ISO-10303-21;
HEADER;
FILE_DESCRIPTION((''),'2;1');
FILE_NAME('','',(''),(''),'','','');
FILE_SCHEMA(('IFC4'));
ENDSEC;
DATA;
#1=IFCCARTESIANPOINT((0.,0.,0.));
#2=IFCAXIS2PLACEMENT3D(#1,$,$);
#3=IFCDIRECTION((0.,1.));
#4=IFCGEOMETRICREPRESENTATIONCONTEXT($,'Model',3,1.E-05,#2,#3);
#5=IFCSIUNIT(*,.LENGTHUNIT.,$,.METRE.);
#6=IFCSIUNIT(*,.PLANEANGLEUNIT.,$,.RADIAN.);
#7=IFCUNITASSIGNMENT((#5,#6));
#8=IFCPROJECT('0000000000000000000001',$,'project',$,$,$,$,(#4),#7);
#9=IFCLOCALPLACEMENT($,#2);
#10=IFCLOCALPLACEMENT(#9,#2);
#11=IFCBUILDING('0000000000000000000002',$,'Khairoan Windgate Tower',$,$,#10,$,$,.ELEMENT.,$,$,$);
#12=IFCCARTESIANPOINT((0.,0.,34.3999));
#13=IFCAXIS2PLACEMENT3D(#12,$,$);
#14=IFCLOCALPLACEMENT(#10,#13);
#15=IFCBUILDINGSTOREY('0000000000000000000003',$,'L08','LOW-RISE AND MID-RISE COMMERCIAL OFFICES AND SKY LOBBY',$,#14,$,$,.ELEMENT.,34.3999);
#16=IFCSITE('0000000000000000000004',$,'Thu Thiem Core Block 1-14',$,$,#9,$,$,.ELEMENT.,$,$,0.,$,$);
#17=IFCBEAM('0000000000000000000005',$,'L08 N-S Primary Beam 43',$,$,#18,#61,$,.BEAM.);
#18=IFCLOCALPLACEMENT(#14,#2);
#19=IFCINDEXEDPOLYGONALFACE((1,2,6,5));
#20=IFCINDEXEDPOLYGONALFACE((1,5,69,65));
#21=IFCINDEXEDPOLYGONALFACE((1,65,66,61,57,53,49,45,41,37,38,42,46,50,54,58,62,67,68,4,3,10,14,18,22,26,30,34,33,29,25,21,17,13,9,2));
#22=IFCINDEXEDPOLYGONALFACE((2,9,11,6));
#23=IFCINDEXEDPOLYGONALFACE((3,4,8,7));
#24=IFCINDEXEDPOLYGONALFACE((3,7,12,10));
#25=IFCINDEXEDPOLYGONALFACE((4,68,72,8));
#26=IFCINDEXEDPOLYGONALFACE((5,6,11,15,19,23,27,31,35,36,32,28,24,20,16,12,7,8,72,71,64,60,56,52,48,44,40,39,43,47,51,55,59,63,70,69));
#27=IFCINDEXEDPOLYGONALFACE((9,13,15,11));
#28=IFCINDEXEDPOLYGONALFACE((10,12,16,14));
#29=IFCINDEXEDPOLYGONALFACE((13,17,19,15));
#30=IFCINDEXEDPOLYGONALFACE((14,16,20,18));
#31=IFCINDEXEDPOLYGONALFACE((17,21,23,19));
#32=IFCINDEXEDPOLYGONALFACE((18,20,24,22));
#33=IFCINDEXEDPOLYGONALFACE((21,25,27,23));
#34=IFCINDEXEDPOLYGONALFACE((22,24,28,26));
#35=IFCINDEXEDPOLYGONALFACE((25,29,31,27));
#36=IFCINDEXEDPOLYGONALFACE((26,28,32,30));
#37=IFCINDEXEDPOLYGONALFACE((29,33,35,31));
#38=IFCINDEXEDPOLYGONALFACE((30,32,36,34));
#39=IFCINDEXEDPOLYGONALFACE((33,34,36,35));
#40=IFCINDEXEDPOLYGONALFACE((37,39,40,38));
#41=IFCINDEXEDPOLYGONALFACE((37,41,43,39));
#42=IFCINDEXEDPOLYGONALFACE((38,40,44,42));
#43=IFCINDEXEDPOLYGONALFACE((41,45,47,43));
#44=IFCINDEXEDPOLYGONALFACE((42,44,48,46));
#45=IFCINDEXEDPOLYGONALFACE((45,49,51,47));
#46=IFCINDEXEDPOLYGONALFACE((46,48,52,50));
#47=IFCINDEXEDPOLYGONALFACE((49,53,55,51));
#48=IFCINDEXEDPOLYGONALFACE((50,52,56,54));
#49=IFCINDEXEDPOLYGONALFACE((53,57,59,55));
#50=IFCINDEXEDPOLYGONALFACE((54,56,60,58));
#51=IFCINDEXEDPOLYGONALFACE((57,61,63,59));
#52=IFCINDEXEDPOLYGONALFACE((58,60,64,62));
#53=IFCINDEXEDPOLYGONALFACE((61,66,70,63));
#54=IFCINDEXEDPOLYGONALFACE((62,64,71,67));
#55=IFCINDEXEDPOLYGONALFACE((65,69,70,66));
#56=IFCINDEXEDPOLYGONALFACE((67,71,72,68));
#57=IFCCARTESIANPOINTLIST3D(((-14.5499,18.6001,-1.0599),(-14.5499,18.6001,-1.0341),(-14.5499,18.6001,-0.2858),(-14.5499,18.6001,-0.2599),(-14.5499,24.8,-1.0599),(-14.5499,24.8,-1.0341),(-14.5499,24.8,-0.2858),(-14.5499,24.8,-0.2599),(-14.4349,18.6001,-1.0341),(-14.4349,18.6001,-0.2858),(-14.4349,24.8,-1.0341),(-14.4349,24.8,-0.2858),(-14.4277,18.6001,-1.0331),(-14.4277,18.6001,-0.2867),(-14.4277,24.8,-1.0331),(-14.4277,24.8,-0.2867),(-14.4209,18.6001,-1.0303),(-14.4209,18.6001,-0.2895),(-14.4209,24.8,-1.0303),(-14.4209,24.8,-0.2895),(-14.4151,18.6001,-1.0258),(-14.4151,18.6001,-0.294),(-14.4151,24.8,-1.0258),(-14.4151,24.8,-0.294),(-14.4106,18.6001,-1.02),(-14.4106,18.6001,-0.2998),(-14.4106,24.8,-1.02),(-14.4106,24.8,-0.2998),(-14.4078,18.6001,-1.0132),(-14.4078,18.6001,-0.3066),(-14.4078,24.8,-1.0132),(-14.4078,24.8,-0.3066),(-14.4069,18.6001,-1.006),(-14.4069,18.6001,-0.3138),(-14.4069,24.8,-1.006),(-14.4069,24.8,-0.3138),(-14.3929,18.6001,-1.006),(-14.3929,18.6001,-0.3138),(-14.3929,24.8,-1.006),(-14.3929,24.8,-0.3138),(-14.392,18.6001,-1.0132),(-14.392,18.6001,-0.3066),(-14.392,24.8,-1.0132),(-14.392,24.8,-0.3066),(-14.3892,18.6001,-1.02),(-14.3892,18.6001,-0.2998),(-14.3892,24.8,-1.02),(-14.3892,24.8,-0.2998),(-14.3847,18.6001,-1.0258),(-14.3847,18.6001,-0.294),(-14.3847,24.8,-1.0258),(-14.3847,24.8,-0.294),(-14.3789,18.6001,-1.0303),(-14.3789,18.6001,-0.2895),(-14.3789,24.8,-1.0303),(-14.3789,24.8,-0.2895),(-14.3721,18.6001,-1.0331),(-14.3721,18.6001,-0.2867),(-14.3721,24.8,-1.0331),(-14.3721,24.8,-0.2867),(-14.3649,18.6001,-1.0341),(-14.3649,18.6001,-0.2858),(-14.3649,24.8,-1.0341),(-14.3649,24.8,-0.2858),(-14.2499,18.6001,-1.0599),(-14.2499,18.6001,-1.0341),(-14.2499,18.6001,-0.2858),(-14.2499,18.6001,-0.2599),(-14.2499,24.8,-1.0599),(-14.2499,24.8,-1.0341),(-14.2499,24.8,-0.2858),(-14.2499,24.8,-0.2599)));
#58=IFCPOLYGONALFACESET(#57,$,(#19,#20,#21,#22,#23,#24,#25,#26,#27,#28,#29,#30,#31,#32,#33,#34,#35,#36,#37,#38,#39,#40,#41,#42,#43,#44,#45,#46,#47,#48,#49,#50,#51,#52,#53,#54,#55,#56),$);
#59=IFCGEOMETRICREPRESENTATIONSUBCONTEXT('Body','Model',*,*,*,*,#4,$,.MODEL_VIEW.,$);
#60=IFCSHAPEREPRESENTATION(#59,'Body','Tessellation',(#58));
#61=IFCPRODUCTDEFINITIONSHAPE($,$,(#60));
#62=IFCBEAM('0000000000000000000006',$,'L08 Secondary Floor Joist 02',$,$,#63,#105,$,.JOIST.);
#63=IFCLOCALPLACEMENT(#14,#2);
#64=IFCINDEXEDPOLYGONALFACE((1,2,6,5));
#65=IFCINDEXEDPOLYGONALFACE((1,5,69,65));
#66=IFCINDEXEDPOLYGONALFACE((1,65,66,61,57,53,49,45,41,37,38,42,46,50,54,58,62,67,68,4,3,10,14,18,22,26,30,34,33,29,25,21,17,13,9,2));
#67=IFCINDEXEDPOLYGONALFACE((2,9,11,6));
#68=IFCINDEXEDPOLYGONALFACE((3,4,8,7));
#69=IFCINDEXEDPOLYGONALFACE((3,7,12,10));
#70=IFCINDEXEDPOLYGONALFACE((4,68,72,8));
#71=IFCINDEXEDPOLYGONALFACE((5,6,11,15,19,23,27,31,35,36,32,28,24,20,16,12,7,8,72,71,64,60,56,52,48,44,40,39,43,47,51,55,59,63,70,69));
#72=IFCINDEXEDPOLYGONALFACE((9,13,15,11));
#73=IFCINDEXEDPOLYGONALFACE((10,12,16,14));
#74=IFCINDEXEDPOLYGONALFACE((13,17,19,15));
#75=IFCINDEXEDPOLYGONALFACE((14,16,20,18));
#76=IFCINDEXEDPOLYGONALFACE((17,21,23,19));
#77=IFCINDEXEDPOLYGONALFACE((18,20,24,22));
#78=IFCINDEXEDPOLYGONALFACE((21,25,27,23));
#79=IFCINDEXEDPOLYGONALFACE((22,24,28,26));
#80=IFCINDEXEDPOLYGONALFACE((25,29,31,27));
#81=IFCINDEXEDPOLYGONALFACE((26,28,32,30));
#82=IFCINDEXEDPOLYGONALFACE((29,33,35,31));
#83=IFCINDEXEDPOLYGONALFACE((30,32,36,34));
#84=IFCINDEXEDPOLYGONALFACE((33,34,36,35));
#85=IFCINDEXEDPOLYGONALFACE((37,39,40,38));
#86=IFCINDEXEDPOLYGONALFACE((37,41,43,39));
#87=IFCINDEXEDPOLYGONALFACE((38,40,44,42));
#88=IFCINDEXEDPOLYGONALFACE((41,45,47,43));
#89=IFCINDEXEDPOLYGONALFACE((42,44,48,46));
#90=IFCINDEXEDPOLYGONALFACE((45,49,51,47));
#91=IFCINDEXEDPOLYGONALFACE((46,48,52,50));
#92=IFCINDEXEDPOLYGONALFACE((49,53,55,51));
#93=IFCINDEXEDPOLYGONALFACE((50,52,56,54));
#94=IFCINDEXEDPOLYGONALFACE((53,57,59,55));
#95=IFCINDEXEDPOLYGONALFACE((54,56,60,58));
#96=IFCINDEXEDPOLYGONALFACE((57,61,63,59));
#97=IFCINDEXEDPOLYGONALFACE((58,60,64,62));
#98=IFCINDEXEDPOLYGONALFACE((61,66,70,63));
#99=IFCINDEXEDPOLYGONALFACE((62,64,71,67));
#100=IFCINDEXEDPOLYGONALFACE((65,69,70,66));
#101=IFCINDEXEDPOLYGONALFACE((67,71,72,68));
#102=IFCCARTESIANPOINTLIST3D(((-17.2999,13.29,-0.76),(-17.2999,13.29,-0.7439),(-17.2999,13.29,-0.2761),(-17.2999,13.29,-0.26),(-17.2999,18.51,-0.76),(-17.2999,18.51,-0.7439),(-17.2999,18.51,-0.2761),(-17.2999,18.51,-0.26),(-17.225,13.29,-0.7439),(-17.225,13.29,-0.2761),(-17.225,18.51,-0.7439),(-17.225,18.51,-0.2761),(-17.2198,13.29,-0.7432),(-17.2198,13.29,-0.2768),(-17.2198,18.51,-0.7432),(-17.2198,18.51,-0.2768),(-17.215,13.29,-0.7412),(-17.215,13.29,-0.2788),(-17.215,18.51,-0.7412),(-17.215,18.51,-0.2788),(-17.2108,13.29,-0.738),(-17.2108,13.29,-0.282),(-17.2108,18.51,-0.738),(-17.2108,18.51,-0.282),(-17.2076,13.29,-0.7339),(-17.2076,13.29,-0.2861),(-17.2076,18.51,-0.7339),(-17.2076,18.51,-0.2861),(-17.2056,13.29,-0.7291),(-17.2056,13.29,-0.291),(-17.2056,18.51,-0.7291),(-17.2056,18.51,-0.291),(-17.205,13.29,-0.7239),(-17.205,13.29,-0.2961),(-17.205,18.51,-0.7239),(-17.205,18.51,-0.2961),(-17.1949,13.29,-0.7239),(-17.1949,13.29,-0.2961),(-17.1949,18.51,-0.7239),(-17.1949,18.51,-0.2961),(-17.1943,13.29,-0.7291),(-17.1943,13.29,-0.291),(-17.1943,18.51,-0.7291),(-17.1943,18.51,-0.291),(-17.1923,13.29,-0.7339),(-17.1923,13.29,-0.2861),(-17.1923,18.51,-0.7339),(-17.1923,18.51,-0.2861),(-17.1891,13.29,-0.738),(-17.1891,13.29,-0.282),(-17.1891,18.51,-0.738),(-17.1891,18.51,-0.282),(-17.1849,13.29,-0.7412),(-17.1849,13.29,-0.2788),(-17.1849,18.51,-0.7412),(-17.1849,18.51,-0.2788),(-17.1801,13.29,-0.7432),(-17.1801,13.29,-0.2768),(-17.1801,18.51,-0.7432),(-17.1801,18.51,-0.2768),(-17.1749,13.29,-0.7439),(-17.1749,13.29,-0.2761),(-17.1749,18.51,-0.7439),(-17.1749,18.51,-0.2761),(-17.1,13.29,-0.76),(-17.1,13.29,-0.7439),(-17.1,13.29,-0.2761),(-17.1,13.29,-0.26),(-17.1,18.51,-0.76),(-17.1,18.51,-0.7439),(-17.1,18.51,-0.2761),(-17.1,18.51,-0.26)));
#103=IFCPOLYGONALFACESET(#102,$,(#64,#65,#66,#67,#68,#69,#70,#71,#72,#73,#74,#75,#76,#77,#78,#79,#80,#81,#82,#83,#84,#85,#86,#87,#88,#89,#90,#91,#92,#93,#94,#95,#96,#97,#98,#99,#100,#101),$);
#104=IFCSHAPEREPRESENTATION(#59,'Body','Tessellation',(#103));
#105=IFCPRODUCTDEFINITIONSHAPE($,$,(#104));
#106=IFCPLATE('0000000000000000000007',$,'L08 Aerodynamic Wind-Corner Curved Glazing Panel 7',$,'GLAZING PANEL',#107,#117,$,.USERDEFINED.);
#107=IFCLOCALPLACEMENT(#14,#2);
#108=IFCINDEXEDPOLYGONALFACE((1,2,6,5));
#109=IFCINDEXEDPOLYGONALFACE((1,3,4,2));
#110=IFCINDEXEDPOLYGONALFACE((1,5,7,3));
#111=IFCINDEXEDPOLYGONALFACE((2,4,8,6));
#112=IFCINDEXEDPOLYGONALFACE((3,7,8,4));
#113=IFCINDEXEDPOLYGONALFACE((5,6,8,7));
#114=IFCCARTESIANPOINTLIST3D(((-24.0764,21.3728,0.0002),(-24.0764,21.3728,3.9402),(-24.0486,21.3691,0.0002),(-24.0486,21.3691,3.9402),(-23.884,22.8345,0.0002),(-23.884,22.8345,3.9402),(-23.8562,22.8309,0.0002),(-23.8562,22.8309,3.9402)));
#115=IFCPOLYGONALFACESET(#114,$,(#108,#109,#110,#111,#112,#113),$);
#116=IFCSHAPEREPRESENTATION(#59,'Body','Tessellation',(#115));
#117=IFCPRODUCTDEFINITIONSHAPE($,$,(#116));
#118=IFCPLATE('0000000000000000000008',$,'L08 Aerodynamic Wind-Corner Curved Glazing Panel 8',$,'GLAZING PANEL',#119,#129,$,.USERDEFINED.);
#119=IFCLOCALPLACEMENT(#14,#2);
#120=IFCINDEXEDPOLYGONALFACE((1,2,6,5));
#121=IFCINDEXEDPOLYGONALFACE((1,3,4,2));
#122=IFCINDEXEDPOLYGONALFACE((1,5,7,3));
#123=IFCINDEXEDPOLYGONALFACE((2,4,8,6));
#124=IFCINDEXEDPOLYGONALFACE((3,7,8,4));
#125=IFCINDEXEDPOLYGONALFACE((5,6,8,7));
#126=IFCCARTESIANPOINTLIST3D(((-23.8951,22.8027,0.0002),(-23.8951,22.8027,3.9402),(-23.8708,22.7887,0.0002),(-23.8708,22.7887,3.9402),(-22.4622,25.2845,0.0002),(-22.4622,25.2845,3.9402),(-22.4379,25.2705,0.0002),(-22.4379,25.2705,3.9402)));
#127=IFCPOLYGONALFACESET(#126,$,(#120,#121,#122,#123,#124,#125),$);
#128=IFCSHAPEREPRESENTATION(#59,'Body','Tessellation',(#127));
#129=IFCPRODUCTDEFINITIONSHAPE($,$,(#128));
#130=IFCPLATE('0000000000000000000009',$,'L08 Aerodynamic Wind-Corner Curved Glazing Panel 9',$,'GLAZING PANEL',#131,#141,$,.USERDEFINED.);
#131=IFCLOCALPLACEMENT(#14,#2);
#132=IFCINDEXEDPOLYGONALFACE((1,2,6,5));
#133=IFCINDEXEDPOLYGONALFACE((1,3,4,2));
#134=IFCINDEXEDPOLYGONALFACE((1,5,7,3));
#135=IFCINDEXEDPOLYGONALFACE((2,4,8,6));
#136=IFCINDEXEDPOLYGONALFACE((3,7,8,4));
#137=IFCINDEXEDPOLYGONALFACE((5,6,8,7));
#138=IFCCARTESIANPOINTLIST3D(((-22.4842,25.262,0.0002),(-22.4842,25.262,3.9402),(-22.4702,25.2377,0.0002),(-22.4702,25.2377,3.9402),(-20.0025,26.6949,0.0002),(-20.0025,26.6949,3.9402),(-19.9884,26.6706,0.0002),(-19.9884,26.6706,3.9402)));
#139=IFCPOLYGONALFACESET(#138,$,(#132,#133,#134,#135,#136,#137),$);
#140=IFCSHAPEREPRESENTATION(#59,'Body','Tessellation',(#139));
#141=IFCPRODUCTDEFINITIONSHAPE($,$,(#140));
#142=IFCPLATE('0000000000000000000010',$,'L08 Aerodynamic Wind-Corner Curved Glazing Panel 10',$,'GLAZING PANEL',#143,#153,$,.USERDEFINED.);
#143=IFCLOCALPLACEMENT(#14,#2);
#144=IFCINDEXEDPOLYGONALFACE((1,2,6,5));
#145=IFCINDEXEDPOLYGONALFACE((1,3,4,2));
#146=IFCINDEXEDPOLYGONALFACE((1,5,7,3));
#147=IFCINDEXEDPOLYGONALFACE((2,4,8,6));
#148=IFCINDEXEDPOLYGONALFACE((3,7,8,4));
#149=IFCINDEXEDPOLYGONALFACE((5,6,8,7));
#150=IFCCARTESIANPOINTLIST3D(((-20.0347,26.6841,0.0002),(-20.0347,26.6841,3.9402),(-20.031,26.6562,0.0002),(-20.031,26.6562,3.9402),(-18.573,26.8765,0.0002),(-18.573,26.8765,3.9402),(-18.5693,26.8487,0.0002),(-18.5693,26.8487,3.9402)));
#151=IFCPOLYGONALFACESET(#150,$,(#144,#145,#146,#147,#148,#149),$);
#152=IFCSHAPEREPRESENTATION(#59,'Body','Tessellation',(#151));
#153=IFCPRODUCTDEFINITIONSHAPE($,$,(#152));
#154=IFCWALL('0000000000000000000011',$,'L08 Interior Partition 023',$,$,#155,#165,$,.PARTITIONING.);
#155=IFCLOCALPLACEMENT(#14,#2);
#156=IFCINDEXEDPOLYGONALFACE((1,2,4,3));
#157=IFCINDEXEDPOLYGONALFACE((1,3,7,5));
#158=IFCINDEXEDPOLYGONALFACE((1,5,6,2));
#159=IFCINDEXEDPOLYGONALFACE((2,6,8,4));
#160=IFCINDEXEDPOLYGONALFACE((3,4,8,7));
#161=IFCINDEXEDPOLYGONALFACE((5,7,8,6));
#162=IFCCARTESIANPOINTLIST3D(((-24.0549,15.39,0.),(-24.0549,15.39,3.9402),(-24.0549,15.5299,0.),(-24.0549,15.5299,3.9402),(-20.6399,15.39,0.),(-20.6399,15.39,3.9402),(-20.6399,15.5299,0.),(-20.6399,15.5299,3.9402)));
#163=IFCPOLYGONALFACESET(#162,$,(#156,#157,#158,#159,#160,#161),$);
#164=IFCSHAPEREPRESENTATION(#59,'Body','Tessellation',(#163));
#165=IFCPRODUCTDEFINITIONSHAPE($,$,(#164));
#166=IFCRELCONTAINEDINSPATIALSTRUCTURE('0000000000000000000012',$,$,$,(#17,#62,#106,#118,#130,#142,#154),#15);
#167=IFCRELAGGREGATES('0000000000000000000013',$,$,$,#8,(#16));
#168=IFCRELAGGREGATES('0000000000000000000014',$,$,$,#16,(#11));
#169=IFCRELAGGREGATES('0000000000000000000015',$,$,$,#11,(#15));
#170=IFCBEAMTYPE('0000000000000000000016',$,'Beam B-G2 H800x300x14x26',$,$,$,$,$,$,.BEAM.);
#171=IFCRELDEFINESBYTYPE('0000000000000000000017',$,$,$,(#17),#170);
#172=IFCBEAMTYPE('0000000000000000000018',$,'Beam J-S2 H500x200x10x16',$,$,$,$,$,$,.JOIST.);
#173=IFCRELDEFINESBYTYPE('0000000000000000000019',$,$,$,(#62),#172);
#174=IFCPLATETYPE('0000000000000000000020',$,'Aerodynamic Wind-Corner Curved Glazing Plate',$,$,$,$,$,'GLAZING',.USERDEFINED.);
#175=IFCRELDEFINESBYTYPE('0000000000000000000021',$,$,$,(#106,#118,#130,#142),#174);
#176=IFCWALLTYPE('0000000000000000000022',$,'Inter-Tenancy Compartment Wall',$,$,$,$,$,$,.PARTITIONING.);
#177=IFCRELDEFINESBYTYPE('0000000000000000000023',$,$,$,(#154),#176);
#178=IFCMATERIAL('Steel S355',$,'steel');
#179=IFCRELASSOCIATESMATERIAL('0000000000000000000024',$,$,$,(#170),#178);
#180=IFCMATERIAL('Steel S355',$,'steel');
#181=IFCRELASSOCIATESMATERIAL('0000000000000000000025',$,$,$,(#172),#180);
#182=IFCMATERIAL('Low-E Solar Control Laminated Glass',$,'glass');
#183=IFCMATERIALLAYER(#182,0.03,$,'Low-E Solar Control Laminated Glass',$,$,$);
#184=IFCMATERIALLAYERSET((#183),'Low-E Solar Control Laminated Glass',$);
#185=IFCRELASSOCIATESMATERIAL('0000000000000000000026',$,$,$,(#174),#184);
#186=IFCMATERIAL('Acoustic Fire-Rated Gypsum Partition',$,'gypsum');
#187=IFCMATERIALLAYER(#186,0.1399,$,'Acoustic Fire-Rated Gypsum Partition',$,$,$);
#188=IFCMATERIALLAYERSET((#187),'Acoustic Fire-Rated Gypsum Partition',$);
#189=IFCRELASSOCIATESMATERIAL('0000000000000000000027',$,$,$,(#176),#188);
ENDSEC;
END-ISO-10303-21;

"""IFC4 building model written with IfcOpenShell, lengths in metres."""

from ifc_helpers import new_model, si_unit, direction, frame, frame_2d, origin, origin_2d, place, context, subcontext, project, spatial, rectangle, i_section, extrude, material, layer, layer_set, material_profile, profile_set, type_object, element, save


model = new_model("IFC4")

# Units and contexts
model_context = context("Model", 3, precision=1e-05, world=origin(), true_north=direction((0.0, 1.0)))
body_context = subcontext(model_context, "Body", "Model", "MODEL_VIEW")
ifc_project = project(units=[si_unit("LENGTHUNIT", "METRE"), si_unit("PLANEANGLEUNIT", "RADIAN")], contexts=[model_context])

# Site, building, storey
site_placement = place(None, origin())
site = spatial("IfcSite", under=ifc_project, at=site_placement, Name="Thu Thiem Core Block 1-14", CompositionType="ELEMENT", RefElevation=0.0)
building_placement = place(site_placement, origin())
building = spatial("IfcBuilding", under=site, at=building_placement, Name="Khairoan Windgate Tower", CompositionType="ELEMENT")
storey_placement = place(building_placement, frame((0.0, 0.0, 34.3999)))
storey = spatial("IfcBuildingStorey", under=building, at=storey_placement, Name="L08", Description="LOW-RISE AND MID-RISE COMMERCIAL OFFICES AND SKY LOBBY", CompositionType="ELEMENT", Elevation=34.3999)

# Beams
ifc_material_1 = material(Name="Steel S355", Category="steel")
ifc_material_profile_1 = material_profile(ifc_material_1, i_section(OverallWidth=0.3, OverallDepth=0.8, WebThickness=0.0139, FlangeThickness=0.0259, FilletRadius=0.0281, at=origin_2d()))
ifc_profile_set_1 = profile_set([ifc_material_profile_1], Name="Steel S355")
beam_type_1 = type_object("IfcBeamType", Name="Beam B-G2 H800x300x14x26", PredefinedType="BEAM", material=ifc_profile_set_1)
beam_1_placement = place(storey_placement, frame((-14.3999, 18.6001, -0.6599), z_axis=(0.0, 1.0, 0.0), x_axis=(-1.0, 0.0, 0.0)))
element("IfcBeam", 1, at=beam_1_placement, inside=storey, type_object=beam_type_1, Name="L08 N-S Primary Beam 43", PredefinedType="BEAM", context=body_context, shape_type="SweptSolid", body=[
    extrude(i_section(OverallWidth=0.3, OverallDepth=0.8, WebThickness=0.0139, FlangeThickness=0.0259, FilletRadius=0.0281, at=origin_2d()), origin(), (0.0, 0.0, 1.0), 6.2),
])
ifc_material_2 = material(Name="Steel S355", Category="steel")
ifc_material_profile_2 = material_profile(ifc_material_2, i_section(OverallWidth=0.2, OverallDepth=0.5, WebThickness=0.01, FlangeThickness=0.0161, FilletRadius=0.02, at=origin_2d()))
ifc_profile_set_2 = profile_set([ifc_material_profile_2], Name="Steel S355")
beam_type_2 = type_object("IfcBeamType", Name="Beam J-S2 H500x200x10x16", PredefinedType="JOIST", material=ifc_profile_set_2)
beam_2_placement = place(storey_placement, frame((-17.2, 13.29, -0.51), z_axis=(0.0, 1.0, 0.0), x_axis=(-1.0, 0.0, 0.0)))
element("IfcBeam", 2, at=beam_2_placement, inside=storey, type_object=beam_type_2, Name="L08 Secondary Floor Joist 02", PredefinedType="JOIST", context=body_context, shape_type="SweptSolid", body=[
    extrude(i_section(OverallWidth=0.2, OverallDepth=0.5, WebThickness=0.01, FlangeThickness=0.0161, FilletRadius=0.02, at=origin_2d()), origin(), (0.0, 0.0, 1.0), 5.22),
])

# Plates
ifc_material_3 = material(Name="Low-E Solar Control Laminated Glass", Category="glass")
ifc_layer_1 = layer(ifc_material_3, 0.03, Name="Low-E Solar Control Laminated Glass")
ifc_layer_set_1 = layer_set([ifc_layer_1], Name="Low-E Solar Control Laminated Glass")
plate_type_1 = type_object("IfcPlateType", Name="Aerodynamic Wind-Corner Curved Glazing Plate", ElementType="GLAZING", PredefinedType="USERDEFINED", material=ifc_layer_set_1)
plate_1_placement = place(storey_placement, frame((-23.9663, 22.1018, 0.0002), z_axis=(0.0, 0.0, 1.0), x_axis=(0.130526, 0.991445, 0.0)))
element("IfcPlate", 3, at=plate_1_placement, inside=storey, type_object=plate_type_1, Name="L08 Aerodynamic Wind-Corner Curved Glazing Panel 7", ObjectType="GLAZING PANEL", PredefinedType="USERDEFINED", context=body_context, shape_type="SweptSolid", body=[
    extrude(rectangle(XDim=1.4744, YDim=0.0281, at=origin_2d()), origin(), (0.0, 0.0, 1.0), 3.9399),
])
for number, where, z_axis, x_axis, name in (
    (4, (-23.1665, 24.0366, 0.0002), (0.0, 0.0, 1.0), (0.5, 0.866025, 0.0), "L08 Aerodynamic Wind-Corner Curved Glazing Panel 8"),
    (5, (-21.2363, 25.9663, 0.0002), (0.0, 0.0, 1.0), (0.866025, 0.5, 0.0), "L08 Aerodynamic Wind-Corner Curved Glazing Panel 9"),
):
    element("IfcPlate", number, at=place(storey_placement, frame(where, z_axis=z_axis, x_axis=x_axis)), inside=storey, type_object=plate_type_1, Name=name, ObjectType="GLAZING PANEL", PredefinedType="USERDEFINED", context=body_context, shape_type="SweptSolid", body=[
        extrude(rectangle(XDim=2.8657, YDim=0.0281, at=origin_2d()), origin(), (0.0, 0.0, 1.0), 3.9399),
    ])
plate_2_placement = place(storey_placement, frame((-19.302, 26.7664, 0.0002), z_axis=(0.0, 0.0, 1.0), x_axis=(0.991445, 0.130526, 0.0)))
element("IfcPlate", 6, at=plate_2_placement, inside=storey, type_object=plate_type_1, Name="L08 Aerodynamic Wind-Corner Curved Glazing Panel 10", ObjectType="GLAZING PANEL", PredefinedType="USERDEFINED", context=body_context, shape_type="SweptSolid", body=[
    extrude(rectangle(XDim=1.4744, YDim=0.0281, at=origin_2d()), origin(), (0.0, 0.0, 1.0), 3.9399),
])

# Wall
ifc_material_4 = material(Name="Acoustic Fire-Rated Gypsum Partition", Category="gypsum")
ifc_layer_2 = layer(ifc_material_4, 0.1399, Name="Acoustic Fire-Rated Gypsum Partition")
ifc_layer_set_2 = layer_set([ifc_layer_2], Name="Acoustic Fire-Rated Gypsum Partition")
wall_type_1 = type_object("IfcWallType", Name="Inter-Tenancy Compartment Wall", PredefinedType="PARTITIONING", material=ifc_layer_set_2)
wall_1_placement = place(storey_placement, frame((-24.0549, 15.46, 0.0), z_axis=(0.0, 0.0, 1.0), x_axis=(1.0, 0.0, 0.0)))
element("IfcWall", 7, at=wall_1_placement, inside=storey, type_object=wall_type_1, Name="L08 Interior Partition 023", PredefinedType="PARTITIONING", context=body_context, shape_type="SweptSolid", body=[
    extrude(rectangle(XDim=3.415, YDim=0.1399, at=frame_2d((1.7075, 0.0))), origin(), (0.0, 0.0, 1.0), 3.9402),
])

save(model, "model.ifc")
